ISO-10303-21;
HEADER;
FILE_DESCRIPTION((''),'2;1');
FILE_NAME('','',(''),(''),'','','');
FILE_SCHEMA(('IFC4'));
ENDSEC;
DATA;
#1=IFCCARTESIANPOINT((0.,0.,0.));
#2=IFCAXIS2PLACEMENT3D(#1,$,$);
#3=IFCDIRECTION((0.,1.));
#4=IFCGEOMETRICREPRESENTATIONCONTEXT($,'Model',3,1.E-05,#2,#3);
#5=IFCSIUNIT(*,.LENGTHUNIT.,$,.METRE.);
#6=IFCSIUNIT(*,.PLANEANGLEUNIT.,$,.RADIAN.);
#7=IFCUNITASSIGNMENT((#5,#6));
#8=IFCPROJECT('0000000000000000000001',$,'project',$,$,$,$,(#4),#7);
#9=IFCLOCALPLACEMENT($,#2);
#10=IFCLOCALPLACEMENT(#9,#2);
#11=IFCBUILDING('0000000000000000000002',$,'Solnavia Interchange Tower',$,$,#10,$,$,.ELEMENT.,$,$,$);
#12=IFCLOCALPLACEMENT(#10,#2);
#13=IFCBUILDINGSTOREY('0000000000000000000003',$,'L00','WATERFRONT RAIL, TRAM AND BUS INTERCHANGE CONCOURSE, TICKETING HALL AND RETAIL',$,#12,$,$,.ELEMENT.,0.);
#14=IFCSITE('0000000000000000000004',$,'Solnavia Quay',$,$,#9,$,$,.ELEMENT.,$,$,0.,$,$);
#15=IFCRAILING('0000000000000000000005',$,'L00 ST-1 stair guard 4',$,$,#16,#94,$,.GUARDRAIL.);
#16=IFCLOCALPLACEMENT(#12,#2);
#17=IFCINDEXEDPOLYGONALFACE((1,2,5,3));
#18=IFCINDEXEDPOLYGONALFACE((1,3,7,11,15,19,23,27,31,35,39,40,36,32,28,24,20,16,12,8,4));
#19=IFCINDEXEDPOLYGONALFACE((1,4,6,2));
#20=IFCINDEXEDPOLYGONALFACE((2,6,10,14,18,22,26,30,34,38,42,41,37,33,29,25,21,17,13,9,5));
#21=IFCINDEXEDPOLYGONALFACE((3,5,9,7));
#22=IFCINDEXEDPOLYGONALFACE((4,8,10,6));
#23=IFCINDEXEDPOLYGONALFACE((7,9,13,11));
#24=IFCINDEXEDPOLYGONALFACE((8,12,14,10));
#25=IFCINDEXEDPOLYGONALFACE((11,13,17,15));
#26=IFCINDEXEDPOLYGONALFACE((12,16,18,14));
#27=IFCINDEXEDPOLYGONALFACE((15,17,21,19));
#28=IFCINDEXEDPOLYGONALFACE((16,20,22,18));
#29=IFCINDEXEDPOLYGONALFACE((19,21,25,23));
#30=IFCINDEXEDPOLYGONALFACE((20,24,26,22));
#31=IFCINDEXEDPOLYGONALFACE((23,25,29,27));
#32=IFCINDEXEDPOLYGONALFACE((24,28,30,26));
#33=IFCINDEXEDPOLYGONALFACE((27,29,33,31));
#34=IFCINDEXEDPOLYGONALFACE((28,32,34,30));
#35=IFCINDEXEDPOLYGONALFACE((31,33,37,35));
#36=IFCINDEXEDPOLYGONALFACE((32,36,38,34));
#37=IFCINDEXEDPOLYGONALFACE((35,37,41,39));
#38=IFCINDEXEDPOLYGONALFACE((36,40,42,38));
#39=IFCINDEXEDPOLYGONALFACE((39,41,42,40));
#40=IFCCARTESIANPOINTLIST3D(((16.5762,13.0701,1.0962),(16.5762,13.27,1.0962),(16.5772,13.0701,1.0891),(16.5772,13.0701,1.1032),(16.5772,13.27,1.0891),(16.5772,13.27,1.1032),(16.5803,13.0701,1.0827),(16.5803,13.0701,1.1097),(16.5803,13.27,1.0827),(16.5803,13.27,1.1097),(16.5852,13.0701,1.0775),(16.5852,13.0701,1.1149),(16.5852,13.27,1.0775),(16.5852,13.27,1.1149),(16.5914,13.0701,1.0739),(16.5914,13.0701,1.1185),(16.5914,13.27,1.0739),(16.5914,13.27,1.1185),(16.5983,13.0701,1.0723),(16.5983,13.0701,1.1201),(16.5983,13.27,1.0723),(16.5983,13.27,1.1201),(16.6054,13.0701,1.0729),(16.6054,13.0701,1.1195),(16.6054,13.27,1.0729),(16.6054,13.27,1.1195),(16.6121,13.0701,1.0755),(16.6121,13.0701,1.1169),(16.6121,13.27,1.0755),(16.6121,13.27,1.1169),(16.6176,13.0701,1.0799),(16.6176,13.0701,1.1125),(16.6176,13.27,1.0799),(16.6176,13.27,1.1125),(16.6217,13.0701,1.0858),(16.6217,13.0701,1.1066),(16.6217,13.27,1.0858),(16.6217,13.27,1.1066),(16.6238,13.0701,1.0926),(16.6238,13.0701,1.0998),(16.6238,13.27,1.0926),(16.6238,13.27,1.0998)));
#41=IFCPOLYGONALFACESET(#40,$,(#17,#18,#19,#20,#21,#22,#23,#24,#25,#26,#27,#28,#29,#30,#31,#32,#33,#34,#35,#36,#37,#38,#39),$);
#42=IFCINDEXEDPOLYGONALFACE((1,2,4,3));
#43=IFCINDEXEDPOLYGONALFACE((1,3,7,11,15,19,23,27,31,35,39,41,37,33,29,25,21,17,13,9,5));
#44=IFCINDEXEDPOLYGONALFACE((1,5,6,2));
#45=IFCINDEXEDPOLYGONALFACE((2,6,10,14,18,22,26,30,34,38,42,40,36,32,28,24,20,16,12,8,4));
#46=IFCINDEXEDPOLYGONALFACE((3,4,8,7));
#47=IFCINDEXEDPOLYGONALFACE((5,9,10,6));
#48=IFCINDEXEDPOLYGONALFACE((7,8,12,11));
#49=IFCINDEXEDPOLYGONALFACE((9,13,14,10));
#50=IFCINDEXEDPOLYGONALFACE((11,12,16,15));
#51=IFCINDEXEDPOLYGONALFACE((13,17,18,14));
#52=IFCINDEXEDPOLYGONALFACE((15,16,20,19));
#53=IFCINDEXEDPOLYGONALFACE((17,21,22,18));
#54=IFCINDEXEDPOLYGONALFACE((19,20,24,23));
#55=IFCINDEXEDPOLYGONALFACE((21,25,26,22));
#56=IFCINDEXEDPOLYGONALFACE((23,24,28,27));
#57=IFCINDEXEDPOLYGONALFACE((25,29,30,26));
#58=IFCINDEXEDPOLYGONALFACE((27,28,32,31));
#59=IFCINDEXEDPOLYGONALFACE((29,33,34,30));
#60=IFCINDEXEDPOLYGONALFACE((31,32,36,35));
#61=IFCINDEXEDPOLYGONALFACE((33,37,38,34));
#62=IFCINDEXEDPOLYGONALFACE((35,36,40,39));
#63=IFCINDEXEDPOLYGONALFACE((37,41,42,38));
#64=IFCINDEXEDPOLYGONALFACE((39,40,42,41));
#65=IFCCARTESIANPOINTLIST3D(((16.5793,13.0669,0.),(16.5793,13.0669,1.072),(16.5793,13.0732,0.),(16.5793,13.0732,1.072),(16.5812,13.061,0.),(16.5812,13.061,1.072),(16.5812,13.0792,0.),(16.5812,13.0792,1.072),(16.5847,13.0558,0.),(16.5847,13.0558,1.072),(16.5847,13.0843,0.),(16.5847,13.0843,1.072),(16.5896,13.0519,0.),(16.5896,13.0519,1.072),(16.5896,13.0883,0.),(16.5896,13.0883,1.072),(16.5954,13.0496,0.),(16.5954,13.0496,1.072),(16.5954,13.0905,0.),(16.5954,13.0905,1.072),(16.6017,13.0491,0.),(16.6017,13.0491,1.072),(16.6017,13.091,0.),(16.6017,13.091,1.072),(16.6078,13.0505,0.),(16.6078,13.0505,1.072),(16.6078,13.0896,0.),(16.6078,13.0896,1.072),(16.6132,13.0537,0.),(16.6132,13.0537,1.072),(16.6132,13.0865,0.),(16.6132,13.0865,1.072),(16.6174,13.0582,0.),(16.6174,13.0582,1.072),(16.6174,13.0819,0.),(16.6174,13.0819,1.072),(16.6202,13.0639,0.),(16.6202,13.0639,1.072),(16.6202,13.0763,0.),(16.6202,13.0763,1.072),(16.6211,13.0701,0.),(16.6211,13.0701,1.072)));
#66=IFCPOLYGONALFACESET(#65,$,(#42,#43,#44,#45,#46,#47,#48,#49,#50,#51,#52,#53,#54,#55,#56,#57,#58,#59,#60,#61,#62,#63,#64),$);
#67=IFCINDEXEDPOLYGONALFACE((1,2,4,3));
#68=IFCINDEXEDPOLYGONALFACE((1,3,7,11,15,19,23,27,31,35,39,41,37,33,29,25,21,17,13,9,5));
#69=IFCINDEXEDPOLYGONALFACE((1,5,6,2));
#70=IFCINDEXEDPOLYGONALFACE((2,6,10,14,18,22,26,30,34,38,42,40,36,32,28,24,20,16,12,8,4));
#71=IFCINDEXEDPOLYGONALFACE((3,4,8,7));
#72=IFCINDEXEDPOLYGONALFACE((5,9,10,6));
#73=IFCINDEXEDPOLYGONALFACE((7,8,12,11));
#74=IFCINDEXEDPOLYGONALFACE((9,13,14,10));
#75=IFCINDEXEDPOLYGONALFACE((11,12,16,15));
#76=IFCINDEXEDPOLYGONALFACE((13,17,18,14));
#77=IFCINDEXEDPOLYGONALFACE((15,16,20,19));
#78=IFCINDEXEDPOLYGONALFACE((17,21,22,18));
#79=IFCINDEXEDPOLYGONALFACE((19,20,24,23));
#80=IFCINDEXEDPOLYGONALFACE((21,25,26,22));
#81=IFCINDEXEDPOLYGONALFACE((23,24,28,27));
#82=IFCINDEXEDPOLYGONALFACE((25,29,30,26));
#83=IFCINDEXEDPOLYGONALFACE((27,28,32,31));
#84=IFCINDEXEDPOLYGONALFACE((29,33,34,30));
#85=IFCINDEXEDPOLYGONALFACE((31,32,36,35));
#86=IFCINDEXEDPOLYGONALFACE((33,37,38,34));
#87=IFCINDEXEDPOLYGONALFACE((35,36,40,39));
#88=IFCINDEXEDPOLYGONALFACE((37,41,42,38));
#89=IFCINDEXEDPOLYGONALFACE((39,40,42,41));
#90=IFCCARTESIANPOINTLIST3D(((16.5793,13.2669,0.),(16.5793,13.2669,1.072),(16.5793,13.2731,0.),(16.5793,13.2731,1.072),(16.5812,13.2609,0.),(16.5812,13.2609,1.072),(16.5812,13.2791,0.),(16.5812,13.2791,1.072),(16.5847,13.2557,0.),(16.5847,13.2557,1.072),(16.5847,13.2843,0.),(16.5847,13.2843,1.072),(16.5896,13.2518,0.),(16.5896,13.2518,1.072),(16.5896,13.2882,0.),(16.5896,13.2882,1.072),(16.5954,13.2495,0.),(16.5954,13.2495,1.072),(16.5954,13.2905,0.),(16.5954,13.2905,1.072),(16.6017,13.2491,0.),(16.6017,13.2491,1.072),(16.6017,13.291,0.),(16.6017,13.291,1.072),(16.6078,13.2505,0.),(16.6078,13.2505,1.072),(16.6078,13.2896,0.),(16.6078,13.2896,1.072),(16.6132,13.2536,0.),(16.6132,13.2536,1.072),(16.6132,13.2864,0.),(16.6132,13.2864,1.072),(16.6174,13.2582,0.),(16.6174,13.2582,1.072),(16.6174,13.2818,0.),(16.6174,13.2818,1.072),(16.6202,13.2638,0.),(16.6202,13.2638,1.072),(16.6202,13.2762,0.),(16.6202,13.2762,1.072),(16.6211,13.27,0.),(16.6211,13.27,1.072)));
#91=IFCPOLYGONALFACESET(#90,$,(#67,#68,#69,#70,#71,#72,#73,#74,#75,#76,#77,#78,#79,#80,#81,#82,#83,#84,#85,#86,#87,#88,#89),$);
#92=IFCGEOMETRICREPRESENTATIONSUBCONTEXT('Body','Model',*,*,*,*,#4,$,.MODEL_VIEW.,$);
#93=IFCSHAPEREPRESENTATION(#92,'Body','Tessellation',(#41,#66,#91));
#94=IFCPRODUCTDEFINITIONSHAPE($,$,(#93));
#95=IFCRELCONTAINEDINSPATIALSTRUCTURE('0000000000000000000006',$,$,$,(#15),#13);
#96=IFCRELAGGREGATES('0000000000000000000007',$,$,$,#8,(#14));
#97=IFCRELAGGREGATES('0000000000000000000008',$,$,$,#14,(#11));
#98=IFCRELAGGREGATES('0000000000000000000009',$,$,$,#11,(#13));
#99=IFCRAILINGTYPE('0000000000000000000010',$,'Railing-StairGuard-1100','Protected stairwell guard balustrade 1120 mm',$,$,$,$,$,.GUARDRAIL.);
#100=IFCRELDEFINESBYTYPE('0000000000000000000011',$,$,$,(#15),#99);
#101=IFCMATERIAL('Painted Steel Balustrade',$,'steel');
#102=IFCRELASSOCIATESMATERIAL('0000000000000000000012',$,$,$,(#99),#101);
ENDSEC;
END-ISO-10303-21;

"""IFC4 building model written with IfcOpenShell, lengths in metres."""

from ifc_helpers import new_model, si_unit, direction, frame, origin, origin_2d, place, context, subcontext, project, spatial, circle, extrude, material, type_object, element, save


model = new_model("IFC4")

# Units and contexts
model_context = context("Model", 3, precision=1e-05, world=origin(), true_north=direction((0.0, 1.0)))
body_context = subcontext(model_context, "Body", "Model", "MODEL_VIEW")
ifc_project = project(units=[si_unit("LENGTHUNIT", "METRE"), si_unit("PLANEANGLEUNIT", "RADIAN")], contexts=[model_context])

# Site, building, storey
site_placement = place(None, origin())
site = spatial("IfcSite", under=ifc_project, at=site_placement, Name="Solnavia Quay", CompositionType="ELEMENT", RefElevation=0.0)
building_placement = place(site_placement, origin())
building = spatial("IfcBuilding", under=site, at=building_placement, Name="Solnavia Interchange Tower", CompositionType="ELEMENT")
storey_placement = place(building_placement, origin())
storey = spatial("IfcBuildingStorey", under=building, at=storey_placement, Name="L00", Description="WATERFRONT RAIL, TRAM AND BUS INTERCHANGE CONCOURSE, TICKETING HALL AND RETAIL", CompositionType="ELEMENT", Elevation=0.0)

# Railing
ifc_material_1 = material(Name="Painted Steel Balustrade", Category="steel")
railing_type_1 = type_object("IfcRailingType", Name="Railing-StairGuard-1100", Description="Protected stairwell guard balustrade 1120 mm", PredefinedType="GUARDRAIL", material=ifc_material_1)
railing_1_placement = place(storey_placement, frame((16.6001, 13.0701, 0.0)))
element("IfcRailing", 1, at=railing_1_placement, inside=storey, type_object=railing_type_1, Name="L00 ST-1 stair guard 4", PredefinedType="GUARDRAIL", context=body_context, shape_type="SweptSolid", body=[
    extrude(circle(Radius=0.0239, at=origin_2d()), frame((0.0, 0.0, 1.0962), z_axis=(0.0, 1.0, 0.0), x_axis=(-1.0, 0.0, 0.0)), (0.0, 0.0, 1.0), 0.2),
    extrude(circle(Radius=0.021, at=origin_2d()), origin(), (0.0, 0.0, 1.0), 1.072),
    extrude(circle(Radius=0.021, at=origin_2d()), frame((0.0, 0.2, 0.0)), (0.0, 0.0, 1.0), 1.072),
])

save(model, "model.ifc")
